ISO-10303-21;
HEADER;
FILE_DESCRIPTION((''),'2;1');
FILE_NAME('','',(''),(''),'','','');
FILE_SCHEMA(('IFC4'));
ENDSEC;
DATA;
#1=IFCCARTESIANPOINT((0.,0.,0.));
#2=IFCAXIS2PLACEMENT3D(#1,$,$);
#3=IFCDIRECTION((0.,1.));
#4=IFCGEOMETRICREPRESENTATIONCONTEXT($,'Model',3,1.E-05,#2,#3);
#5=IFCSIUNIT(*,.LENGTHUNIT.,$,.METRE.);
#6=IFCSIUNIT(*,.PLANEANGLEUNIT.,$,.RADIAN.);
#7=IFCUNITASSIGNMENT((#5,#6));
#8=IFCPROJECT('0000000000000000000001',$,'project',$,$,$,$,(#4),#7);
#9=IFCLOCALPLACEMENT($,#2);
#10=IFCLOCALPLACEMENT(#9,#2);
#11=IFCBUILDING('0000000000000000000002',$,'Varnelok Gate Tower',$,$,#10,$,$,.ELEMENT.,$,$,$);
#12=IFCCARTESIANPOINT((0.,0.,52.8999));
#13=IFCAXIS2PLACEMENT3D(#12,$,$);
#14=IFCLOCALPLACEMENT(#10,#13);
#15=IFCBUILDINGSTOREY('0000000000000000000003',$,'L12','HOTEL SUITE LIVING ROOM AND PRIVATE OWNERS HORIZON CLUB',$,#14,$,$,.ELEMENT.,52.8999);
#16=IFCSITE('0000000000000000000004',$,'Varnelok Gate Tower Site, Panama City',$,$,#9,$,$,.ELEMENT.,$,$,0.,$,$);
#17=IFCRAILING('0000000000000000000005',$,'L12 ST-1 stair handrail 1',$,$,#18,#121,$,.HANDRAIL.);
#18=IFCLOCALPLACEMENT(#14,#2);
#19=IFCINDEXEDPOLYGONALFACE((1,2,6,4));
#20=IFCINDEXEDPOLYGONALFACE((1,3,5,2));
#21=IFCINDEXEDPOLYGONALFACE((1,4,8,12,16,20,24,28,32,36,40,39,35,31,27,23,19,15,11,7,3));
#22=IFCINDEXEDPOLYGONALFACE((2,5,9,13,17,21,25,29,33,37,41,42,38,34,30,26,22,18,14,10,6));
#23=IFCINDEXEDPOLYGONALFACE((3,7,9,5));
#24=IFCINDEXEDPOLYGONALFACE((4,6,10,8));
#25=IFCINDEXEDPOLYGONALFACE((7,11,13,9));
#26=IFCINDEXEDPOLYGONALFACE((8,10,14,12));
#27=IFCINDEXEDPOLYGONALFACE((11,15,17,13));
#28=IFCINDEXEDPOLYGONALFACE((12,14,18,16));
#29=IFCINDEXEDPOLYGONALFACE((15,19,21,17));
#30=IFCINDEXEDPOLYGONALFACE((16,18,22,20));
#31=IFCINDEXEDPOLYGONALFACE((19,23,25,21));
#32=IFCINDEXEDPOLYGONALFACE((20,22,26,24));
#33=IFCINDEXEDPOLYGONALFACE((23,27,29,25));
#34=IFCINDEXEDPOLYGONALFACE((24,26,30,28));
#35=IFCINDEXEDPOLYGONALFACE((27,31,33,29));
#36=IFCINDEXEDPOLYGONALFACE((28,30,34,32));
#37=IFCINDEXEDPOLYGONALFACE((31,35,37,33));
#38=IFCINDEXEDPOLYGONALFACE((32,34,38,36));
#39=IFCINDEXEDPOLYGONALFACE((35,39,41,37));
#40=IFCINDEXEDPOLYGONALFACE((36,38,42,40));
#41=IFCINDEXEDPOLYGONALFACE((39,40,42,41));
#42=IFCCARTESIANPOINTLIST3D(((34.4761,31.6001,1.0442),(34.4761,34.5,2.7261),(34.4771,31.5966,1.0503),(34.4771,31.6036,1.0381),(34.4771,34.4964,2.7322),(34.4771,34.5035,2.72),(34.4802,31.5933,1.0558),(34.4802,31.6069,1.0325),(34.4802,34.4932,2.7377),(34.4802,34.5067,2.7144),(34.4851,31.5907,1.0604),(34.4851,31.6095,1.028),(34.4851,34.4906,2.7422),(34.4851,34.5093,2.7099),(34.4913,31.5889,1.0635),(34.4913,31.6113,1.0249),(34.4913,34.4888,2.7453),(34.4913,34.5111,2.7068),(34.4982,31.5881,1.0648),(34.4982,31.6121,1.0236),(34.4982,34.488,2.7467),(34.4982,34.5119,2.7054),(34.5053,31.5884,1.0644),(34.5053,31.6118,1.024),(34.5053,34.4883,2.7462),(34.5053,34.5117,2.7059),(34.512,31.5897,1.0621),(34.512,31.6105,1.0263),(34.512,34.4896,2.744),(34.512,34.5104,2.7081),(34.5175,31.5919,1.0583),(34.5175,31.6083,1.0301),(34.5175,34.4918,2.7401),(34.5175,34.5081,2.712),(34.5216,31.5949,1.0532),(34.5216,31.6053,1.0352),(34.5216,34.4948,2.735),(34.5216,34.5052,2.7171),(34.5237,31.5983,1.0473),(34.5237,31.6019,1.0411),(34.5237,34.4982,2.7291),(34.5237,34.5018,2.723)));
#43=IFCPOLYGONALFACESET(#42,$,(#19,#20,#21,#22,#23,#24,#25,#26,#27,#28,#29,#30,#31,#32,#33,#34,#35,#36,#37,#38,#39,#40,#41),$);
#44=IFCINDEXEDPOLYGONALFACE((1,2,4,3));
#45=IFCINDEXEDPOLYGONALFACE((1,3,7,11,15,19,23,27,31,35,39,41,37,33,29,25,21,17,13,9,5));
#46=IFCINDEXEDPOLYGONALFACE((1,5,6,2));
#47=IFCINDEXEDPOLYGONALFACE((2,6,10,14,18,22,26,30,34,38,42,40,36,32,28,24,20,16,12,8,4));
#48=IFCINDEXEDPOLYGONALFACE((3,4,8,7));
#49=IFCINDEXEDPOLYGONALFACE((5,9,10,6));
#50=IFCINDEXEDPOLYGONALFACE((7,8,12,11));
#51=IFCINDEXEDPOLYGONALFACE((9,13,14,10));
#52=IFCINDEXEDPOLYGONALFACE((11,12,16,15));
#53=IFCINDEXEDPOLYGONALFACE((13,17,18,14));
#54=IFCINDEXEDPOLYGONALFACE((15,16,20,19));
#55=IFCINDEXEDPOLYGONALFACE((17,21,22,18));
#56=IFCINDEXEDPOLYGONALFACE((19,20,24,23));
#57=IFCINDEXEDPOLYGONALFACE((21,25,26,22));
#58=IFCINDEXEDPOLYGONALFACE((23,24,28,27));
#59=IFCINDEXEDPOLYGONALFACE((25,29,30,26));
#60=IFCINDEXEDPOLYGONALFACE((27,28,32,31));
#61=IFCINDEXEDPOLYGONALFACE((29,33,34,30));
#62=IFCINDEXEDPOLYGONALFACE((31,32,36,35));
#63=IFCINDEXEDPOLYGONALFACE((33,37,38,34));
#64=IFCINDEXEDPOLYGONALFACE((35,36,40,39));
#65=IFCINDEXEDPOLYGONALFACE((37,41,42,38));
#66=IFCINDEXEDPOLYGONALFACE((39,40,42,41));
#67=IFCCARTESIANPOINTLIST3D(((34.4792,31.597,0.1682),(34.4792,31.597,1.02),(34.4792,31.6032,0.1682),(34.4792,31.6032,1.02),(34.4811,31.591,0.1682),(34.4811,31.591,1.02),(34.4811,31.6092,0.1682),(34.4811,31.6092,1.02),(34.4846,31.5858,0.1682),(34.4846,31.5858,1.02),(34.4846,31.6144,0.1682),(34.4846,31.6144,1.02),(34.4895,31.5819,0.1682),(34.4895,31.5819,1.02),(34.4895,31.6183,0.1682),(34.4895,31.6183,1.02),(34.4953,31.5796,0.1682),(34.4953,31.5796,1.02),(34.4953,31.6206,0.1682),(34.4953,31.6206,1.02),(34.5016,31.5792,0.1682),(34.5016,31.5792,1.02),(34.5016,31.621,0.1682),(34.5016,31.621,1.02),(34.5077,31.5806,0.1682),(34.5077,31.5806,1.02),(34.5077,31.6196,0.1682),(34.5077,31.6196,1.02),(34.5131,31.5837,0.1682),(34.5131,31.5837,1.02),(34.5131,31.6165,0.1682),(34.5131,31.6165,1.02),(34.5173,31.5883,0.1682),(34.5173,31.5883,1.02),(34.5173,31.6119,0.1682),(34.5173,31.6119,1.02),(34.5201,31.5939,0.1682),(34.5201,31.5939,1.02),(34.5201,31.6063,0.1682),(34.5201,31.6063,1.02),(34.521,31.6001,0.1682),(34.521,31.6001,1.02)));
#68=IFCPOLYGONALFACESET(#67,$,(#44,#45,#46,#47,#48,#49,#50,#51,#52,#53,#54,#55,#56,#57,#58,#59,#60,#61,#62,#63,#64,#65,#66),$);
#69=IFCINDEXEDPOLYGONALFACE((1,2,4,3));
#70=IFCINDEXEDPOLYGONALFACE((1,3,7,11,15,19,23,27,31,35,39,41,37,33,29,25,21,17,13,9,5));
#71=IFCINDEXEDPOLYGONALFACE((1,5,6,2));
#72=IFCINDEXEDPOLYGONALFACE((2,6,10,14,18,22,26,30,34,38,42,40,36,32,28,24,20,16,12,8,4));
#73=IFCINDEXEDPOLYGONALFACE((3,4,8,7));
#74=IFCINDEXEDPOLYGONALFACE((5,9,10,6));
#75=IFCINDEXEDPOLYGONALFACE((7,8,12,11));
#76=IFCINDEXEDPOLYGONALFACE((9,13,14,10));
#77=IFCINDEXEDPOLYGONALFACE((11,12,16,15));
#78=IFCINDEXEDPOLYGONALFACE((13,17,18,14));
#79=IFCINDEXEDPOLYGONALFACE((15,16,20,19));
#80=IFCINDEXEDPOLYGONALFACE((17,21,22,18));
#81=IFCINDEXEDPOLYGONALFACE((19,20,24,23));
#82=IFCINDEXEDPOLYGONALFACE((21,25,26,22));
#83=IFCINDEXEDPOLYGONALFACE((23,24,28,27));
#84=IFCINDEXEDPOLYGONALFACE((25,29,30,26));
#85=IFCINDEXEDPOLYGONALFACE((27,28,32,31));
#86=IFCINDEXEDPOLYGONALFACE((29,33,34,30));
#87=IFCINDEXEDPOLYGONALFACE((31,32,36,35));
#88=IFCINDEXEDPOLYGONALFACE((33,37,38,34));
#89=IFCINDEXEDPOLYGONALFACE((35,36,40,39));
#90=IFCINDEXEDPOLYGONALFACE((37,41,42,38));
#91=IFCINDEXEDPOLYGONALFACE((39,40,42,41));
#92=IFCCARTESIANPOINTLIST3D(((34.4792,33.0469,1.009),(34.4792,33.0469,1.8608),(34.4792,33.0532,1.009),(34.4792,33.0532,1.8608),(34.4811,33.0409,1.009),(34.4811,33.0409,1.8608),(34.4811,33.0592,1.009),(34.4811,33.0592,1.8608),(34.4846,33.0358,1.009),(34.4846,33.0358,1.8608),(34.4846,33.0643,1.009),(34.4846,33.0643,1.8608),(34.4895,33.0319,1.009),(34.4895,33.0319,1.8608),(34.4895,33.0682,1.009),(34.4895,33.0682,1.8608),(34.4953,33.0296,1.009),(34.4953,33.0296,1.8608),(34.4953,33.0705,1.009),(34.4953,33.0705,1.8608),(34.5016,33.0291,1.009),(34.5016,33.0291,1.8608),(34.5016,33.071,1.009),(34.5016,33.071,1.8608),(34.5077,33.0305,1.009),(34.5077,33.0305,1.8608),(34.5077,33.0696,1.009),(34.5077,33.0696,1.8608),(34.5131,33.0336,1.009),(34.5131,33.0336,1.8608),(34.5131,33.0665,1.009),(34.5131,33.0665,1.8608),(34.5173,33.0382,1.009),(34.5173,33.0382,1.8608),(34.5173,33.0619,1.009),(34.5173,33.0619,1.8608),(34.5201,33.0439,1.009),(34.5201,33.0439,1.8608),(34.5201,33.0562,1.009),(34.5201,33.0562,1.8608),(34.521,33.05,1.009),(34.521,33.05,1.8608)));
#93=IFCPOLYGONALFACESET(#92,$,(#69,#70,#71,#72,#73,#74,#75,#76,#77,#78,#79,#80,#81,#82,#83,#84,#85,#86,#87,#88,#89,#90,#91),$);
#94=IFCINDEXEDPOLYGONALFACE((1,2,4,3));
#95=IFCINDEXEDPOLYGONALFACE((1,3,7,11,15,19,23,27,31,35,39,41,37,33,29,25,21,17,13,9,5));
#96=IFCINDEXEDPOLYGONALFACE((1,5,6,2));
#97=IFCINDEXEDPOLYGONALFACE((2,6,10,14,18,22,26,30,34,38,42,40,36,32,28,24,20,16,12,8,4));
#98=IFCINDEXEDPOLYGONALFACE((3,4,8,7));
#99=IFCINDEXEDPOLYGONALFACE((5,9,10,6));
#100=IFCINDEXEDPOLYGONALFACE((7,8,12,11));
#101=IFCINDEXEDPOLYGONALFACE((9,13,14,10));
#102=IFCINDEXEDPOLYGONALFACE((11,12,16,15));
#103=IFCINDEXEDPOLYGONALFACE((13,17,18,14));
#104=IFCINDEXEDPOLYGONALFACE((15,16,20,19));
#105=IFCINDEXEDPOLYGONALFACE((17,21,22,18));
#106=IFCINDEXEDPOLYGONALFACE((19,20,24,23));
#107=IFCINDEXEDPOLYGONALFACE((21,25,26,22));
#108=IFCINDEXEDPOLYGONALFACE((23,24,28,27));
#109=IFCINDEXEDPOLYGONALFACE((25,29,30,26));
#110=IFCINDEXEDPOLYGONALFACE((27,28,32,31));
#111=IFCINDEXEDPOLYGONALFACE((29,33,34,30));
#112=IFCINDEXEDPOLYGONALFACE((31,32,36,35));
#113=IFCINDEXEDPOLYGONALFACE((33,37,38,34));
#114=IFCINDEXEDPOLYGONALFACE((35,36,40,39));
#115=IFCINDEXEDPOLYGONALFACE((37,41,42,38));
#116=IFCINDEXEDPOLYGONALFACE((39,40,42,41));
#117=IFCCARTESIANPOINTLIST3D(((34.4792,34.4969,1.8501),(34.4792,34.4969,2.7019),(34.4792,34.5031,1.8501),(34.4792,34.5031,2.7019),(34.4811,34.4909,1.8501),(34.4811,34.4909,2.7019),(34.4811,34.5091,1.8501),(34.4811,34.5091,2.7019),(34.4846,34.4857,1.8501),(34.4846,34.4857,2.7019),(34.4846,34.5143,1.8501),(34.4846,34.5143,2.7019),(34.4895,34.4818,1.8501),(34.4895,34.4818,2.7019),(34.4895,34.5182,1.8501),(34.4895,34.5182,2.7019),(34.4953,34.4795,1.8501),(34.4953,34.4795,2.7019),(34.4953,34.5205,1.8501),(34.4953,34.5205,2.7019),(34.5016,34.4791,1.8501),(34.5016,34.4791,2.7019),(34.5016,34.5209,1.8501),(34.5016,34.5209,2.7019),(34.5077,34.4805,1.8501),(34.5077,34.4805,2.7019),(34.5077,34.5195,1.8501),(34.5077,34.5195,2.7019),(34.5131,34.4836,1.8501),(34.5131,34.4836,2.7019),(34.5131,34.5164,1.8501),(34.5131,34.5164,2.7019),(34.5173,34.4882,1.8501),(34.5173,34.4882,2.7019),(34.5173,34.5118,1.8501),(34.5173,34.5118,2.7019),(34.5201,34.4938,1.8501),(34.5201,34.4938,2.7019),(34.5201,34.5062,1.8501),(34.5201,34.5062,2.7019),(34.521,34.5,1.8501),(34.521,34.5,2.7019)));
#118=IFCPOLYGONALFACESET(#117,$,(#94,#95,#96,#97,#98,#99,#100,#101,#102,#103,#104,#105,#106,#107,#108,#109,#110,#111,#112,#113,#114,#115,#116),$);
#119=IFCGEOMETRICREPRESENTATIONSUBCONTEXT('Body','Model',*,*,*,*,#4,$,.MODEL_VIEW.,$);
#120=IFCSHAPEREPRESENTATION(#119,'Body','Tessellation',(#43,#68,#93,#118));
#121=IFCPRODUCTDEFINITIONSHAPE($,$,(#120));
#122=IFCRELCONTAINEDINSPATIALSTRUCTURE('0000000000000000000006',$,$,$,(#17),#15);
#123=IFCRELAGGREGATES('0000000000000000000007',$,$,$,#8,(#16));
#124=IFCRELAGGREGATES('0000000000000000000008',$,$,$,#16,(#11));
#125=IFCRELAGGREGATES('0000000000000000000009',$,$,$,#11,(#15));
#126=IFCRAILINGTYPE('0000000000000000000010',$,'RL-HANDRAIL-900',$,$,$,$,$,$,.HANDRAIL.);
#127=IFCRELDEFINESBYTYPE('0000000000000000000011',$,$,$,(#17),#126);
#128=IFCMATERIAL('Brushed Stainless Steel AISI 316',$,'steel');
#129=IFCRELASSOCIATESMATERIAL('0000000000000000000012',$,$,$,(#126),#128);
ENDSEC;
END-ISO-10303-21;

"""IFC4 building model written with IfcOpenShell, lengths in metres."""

from ifc_helpers import new_model, si_unit, direction, frame, origin, origin_2d, place, context, subcontext, project, spatial, circle, extrude, material, type_object, element, save


model = new_model("IFC4")

# Units and contexts
model_context = context("Model", 3, precision=1e-05, world=origin(), true_north=direction((0.0, 1.0)))
body_context = subcontext(model_context, "Body", "Model", "MODEL_VIEW")
ifc_project = project(units=[si_unit("LENGTHUNIT", "METRE"), si_unit("PLANEANGLEUNIT", "RADIAN")], contexts=[model_context])

# Site, building, storey
site_placement = place(None, origin())
site = spatial("IfcSite", under=ifc_project, at=site_placement, Name="Varnelok Gate Tower Site, Panama City", CompositionType="ELEMENT", RefElevation=0.0)
building_placement = place(site_placement, origin())
building = spatial("IfcBuilding", under=site, at=building_placement, Name="Varnelok Gate Tower", CompositionType="ELEMENT")
storey_placement = place(building_placement, frame((0.0, 0.0, 52.8999)))
storey = spatial("IfcBuildingStorey", under=building, at=storey_placement, Name="L12", Description="HOTEL SUITE LIVING ROOM AND PRIVATE OWNERS HORIZON CLUB", CompositionType="ELEMENT", Elevation=52.8999)

# Railing
ifc_material_1 = material(Name="Brushed Stainless Steel AISI 316", Category="steel")
railing_type_1 = type_object("IfcRailingType", Name="RL-HANDRAIL-900", PredefinedType="HANDRAIL", material=ifc_material_1)
railing_1_placement = place(storey_placement, frame((34.5, 31.6001, 0.1682)))
element("IfcRailing", 1, at=railing_1_placement, inside=storey, type_object=railing_type_1, Name="L12 ST-1 stair handrail 1", PredefinedType="HANDRAIL", context=body_context, shape_type="SweptSolid", body=[
    extrude(circle(Radius=0.0239, at=origin_2d()), frame((0.0, 0.0, 0.876), z_axis=(0.0, 0.865039, 0.501705), x_axis=(-1.0, 0.0, 0.0)), (0.0, 0.0, 1.0), 3.3523),
    extrude(circle(Radius=0.021, at=origin_2d()), origin(), (0.0, 0.0, 1.0), 0.8518),
    extrude(circle(Radius=0.021, at=origin_2d()), frame((0.0, 1.45, 0.8408)), (0.0, 0.0, 1.0), 0.8518),
    extrude(circle(Radius=0.021, at=origin_2d()), frame((0.0, 2.8999, 1.6819)), (0.0, 0.0, 1.0), 0.8518),
])

save(model, "model.ifc")
